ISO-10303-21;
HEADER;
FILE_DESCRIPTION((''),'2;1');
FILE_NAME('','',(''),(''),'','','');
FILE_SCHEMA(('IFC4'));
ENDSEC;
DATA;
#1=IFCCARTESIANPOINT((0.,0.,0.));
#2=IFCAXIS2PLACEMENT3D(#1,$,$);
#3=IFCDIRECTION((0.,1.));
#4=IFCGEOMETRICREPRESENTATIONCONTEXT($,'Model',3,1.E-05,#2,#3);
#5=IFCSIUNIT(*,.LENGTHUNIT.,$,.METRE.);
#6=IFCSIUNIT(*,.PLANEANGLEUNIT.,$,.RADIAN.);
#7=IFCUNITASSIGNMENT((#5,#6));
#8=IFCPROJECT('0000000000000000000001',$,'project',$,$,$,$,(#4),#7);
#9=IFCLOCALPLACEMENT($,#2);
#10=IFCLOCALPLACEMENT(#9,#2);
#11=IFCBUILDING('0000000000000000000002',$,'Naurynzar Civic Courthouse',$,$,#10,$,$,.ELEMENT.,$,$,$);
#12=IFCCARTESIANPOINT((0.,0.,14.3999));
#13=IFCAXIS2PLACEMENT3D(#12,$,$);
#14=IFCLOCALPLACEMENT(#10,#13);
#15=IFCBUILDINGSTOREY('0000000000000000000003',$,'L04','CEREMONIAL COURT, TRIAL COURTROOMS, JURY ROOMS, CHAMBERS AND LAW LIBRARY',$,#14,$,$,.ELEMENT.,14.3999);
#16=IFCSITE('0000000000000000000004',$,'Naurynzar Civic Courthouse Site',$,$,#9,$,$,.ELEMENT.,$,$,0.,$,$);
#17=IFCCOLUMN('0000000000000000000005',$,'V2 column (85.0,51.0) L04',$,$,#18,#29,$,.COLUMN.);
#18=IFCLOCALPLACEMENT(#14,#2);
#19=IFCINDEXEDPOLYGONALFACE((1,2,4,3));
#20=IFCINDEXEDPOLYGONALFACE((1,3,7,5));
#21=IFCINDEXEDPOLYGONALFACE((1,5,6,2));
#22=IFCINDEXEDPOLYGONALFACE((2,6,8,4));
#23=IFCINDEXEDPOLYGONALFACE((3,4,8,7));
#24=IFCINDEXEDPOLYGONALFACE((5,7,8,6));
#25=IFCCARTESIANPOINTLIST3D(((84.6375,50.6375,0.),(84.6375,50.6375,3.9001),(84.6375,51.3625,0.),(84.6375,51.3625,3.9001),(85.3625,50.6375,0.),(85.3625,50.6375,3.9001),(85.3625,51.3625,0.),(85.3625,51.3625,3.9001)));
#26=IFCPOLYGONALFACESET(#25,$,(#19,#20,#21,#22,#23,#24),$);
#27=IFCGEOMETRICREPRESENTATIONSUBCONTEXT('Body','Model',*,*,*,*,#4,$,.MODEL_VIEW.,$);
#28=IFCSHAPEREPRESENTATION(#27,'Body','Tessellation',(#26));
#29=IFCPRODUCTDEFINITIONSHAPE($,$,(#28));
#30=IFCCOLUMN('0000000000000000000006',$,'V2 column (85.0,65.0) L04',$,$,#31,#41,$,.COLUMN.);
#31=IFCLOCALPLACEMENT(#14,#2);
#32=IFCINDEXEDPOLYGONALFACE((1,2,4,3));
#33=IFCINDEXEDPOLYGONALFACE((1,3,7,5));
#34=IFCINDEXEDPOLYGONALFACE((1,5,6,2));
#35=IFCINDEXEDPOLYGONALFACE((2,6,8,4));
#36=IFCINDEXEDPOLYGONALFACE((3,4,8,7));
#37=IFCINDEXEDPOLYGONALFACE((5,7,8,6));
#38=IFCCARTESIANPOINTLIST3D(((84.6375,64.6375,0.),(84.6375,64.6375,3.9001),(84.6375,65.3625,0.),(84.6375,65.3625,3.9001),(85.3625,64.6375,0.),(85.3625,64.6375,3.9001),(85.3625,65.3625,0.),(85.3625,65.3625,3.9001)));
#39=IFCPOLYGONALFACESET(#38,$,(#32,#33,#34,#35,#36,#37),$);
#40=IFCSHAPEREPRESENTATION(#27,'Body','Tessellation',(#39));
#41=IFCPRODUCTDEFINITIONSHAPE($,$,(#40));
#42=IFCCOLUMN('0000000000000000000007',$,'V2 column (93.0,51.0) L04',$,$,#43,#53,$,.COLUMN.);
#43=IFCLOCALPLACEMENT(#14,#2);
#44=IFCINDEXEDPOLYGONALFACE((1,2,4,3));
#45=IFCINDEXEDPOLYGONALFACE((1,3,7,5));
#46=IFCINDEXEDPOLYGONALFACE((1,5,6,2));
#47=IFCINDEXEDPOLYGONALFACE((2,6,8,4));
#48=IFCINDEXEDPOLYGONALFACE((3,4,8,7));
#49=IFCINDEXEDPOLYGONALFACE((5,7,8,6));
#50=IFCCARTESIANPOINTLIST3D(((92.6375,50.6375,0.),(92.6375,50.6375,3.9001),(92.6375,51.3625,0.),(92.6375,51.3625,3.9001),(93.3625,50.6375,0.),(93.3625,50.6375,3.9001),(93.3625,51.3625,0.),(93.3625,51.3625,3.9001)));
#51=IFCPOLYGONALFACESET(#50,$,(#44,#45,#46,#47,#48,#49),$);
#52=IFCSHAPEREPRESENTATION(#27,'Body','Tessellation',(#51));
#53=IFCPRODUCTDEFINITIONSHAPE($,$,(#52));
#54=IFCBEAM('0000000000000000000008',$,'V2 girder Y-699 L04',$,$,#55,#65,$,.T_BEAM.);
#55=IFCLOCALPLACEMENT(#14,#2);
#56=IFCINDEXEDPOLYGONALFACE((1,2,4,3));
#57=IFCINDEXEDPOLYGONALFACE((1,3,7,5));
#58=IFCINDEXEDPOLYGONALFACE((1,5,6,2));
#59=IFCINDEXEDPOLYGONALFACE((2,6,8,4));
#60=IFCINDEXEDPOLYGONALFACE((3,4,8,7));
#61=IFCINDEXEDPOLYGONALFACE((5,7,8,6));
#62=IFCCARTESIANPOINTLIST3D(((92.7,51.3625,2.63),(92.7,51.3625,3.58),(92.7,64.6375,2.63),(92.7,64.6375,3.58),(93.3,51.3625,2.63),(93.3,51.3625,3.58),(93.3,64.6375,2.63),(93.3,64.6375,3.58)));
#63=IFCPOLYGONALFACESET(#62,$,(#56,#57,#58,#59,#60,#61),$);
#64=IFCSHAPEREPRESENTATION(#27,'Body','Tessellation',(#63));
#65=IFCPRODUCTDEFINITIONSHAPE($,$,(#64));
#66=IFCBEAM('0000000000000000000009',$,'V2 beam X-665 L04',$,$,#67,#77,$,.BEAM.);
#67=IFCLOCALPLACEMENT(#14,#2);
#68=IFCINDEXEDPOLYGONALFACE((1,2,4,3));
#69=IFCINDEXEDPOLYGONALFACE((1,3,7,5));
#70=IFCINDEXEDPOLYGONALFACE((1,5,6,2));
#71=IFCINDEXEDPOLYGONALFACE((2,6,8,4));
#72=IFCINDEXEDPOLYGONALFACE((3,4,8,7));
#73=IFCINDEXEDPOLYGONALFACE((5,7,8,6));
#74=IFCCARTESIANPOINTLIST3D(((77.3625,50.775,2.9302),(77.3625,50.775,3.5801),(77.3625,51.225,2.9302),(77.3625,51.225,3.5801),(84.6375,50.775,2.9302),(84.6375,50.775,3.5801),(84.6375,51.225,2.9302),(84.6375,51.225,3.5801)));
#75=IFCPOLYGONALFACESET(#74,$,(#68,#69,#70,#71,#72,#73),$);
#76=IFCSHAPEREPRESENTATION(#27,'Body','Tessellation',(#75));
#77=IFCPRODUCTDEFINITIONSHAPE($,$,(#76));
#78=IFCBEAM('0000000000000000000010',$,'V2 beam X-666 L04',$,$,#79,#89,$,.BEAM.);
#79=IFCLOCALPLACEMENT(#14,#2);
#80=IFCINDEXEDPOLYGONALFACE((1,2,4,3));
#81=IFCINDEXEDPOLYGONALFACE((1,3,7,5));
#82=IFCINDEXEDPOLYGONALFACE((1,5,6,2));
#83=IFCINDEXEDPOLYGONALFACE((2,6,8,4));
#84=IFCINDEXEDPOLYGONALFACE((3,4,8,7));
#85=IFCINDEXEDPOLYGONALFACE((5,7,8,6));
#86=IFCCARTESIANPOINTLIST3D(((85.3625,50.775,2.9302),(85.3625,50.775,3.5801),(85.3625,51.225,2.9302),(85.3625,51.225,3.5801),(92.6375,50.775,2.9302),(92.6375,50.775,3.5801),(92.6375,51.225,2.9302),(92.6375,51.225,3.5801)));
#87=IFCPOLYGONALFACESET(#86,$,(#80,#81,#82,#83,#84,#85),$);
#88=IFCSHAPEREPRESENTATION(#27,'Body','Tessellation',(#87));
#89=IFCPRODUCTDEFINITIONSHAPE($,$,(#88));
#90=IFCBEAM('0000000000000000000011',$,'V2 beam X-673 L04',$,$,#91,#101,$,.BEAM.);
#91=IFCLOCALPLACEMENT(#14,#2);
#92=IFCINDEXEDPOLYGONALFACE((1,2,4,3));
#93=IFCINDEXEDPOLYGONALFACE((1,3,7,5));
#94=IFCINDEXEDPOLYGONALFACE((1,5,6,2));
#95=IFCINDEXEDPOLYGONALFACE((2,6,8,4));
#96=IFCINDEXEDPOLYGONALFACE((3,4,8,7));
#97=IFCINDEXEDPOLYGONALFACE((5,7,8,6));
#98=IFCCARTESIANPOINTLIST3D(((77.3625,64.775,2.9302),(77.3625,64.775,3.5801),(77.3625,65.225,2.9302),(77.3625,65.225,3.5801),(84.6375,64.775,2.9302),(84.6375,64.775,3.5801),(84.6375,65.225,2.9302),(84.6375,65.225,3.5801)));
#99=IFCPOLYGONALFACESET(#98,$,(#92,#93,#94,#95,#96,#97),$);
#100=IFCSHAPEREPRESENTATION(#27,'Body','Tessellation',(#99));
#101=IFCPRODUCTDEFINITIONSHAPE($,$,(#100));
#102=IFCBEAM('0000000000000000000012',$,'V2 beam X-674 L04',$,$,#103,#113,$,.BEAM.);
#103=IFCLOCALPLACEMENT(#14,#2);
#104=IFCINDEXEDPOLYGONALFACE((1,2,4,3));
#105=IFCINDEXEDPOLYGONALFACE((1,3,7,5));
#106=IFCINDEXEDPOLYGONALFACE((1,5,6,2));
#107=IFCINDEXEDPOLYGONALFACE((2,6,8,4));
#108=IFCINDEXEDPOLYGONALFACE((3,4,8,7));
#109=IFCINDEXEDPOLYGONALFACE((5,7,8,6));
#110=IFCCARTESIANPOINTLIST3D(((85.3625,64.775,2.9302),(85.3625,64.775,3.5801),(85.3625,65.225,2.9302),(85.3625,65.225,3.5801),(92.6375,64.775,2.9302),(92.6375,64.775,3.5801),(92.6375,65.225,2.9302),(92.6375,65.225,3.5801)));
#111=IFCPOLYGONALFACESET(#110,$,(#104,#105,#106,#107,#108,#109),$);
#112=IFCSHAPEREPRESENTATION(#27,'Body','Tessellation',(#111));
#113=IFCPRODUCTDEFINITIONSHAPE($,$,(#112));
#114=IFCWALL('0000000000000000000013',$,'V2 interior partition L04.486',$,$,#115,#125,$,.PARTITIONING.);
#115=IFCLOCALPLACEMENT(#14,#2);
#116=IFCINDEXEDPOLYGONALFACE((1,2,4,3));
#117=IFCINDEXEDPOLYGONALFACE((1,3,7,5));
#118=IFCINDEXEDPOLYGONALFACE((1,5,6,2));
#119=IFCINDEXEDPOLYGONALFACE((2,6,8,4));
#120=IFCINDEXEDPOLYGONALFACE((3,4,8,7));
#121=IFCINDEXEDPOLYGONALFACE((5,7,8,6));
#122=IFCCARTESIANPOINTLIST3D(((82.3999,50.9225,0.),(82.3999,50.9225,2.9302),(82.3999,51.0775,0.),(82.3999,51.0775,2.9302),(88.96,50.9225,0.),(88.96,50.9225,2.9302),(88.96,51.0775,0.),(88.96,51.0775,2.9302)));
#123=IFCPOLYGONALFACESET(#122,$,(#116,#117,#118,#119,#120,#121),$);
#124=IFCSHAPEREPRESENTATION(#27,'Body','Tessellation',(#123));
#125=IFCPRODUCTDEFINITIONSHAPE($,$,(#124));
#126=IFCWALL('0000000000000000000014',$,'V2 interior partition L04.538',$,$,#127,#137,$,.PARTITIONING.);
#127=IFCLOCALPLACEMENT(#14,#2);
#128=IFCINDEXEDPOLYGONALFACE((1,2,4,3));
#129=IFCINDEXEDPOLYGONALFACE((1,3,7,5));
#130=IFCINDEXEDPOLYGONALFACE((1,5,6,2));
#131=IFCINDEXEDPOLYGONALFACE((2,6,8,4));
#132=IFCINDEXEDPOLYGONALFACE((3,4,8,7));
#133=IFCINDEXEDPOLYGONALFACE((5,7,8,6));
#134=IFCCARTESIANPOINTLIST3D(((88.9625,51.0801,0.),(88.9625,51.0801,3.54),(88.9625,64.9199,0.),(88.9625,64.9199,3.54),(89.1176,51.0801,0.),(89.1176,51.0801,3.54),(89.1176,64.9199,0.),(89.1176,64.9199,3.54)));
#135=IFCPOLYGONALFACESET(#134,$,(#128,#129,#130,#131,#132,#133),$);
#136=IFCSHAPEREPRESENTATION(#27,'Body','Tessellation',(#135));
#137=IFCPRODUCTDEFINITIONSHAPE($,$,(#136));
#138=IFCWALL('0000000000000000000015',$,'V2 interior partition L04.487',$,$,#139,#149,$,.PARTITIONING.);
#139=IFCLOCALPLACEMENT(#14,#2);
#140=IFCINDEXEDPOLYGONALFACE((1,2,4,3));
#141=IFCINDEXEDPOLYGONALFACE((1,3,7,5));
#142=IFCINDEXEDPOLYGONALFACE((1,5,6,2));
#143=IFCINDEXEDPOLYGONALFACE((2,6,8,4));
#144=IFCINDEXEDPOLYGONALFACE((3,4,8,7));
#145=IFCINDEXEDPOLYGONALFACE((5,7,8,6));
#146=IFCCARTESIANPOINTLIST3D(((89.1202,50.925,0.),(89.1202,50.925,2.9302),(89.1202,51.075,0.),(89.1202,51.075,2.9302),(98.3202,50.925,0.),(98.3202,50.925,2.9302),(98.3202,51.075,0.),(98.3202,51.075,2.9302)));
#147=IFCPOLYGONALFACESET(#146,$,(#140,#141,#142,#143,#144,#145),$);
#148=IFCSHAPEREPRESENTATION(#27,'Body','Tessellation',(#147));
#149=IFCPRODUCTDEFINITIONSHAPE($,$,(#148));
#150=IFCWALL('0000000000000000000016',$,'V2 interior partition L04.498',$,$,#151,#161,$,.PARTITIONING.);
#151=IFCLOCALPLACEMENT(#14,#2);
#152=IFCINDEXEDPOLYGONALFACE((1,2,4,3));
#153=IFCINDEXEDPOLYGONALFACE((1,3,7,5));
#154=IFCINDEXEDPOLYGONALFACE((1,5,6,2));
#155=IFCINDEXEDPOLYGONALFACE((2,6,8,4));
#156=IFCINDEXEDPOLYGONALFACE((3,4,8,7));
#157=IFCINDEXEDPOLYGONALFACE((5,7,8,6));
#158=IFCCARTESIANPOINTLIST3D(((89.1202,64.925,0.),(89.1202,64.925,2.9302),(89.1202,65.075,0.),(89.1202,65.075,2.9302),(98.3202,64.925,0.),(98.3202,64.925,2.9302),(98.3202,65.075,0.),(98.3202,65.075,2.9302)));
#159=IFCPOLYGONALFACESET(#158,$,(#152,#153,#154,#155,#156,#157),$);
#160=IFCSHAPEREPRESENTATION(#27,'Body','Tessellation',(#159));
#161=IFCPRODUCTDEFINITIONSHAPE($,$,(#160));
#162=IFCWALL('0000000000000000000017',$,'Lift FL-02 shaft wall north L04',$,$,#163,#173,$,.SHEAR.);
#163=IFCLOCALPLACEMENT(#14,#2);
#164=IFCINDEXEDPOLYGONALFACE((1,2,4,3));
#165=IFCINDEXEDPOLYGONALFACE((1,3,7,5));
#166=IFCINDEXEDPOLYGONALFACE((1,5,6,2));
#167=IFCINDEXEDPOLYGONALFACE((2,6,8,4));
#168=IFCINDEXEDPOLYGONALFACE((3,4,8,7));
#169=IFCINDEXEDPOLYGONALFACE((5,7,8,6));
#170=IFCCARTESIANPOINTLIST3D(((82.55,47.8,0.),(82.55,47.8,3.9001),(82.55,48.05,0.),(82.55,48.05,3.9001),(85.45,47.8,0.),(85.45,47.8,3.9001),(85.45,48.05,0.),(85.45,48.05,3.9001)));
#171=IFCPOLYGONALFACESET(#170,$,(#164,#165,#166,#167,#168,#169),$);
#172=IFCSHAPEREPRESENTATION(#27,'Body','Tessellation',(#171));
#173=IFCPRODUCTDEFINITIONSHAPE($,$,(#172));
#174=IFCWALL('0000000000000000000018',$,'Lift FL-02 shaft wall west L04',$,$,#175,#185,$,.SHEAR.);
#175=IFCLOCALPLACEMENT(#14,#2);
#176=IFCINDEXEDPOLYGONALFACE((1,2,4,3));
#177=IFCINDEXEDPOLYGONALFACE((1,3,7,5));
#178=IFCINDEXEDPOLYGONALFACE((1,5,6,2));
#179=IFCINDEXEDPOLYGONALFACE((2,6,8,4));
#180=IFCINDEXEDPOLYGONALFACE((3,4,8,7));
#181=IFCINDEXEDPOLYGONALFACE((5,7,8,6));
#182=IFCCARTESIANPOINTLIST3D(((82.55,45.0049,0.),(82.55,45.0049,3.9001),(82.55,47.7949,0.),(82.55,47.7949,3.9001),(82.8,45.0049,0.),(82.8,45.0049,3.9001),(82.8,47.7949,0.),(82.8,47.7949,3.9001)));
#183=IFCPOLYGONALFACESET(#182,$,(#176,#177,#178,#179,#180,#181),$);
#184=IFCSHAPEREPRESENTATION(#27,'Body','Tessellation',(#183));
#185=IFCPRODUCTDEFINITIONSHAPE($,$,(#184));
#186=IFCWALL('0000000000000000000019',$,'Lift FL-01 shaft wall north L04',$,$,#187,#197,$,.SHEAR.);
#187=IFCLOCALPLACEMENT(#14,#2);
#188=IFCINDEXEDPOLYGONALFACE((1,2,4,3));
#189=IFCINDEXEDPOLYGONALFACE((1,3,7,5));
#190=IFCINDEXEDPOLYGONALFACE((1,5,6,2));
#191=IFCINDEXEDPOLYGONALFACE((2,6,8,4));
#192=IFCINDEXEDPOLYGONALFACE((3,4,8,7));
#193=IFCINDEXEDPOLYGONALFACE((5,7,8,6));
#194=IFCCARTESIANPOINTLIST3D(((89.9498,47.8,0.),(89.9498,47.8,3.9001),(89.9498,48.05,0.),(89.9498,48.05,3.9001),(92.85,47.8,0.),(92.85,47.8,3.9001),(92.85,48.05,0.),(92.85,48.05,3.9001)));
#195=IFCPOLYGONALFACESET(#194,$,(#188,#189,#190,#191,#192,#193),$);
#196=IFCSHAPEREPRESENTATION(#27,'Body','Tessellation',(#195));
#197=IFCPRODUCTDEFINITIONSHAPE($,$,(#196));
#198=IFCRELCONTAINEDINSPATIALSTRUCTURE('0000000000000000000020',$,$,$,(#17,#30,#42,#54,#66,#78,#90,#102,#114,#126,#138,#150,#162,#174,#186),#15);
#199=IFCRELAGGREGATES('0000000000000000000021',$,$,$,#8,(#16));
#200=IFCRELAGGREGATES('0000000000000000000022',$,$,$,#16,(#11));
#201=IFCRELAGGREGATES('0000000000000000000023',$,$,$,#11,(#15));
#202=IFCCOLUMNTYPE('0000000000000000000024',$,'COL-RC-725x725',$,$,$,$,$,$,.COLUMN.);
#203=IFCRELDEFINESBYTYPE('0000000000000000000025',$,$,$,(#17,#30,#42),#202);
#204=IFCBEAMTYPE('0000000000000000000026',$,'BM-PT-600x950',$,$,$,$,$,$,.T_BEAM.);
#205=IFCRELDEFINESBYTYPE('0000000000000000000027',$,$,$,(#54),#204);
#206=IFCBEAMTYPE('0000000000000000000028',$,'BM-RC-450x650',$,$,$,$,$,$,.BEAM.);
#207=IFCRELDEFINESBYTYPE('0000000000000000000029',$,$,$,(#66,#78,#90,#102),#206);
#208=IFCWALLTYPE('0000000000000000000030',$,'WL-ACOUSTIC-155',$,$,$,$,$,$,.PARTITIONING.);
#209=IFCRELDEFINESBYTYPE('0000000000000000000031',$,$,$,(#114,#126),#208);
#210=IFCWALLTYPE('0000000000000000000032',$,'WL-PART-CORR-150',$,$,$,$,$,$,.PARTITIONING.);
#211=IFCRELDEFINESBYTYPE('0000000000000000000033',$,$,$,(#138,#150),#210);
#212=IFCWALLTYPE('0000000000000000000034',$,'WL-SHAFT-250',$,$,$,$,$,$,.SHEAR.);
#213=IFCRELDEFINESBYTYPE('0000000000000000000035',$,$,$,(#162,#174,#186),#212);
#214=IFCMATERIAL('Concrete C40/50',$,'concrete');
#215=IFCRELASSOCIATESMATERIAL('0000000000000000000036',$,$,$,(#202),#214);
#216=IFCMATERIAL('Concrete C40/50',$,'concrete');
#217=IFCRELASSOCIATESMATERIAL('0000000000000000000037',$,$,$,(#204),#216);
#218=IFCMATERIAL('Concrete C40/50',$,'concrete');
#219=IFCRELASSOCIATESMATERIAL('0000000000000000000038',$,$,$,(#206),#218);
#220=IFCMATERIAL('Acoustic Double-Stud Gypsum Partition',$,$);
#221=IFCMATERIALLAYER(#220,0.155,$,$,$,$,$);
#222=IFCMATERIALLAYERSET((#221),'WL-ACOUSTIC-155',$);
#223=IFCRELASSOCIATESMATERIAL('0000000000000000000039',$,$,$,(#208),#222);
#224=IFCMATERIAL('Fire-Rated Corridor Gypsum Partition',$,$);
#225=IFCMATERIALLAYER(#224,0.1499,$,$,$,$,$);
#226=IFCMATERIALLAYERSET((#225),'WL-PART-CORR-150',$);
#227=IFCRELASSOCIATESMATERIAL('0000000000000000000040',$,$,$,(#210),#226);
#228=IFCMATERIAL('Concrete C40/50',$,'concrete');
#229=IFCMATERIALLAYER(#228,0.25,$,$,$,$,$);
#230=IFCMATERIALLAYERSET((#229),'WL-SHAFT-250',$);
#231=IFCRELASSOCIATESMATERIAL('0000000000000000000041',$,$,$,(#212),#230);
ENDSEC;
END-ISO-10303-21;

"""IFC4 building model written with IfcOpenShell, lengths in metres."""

from ifc_helpers import new_model, si_unit, direction, frame, frame_2d, origin, origin_2d, place, context, subcontext, project, spatial, rectangle, extrude, material, layer, layer_set, material_profile, profile_set, type_object, element, save


model = new_model("IFC4")

# Units and contexts
model_context = context("Model", 3, precision=1e-05, world=origin(), true_north=direction((0.0, 1.0)))
body_context = subcontext(model_context, "Body", "Model", "MODEL_VIEW")
ifc_project = project(units=[si_unit("LENGTHUNIT", "METRE"), si_unit("PLANEANGLEUNIT", "RADIAN")], contexts=[model_context])

# Site, building, storey
site_placement = place(None, origin())
site = spatial("IfcSite", under=ifc_project, at=site_placement, Name="Naurynzar Civic Courthouse Site", CompositionType="ELEMENT", RefElevation=0.0)
building_placement = place(site_placement, origin())
building = spatial("IfcBuilding", under=site, at=building_placement, Name="Naurynzar Civic Courthouse", CompositionType="ELEMENT")
storey_placement = place(building_placement, frame((0.0, 0.0, 14.3999)))
storey = spatial("IfcBuildingStorey", under=building, at=storey_placement, Name="L04", Description="CEREMONIAL COURT, TRIAL COURTROOMS, JURY ROOMS, CHAMBERS AND LAW LIBRARY", CompositionType="ELEMENT", Elevation=14.3999)

# Columns
ifc_material_1 = material(Name="Concrete C40/50", Category="concrete")
ifc_material_profile_1 = material_profile(ifc_material_1, rectangle(XDim=0.7251, YDim=0.7251, at=origin_2d()), Name="RC 725x725")
ifc_profile_set_1 = profile_set([ifc_material_profile_1], Name="Concrete C40/50")
column_type = type_object("IfcColumnType", Name="COL-RC-725x725", PredefinedType="COLUMN", material=ifc_profile_set_1)
for number, where, z_axis, x_axis, name in (
    (1, (85.0, 51.0, 0.0), (0.0, 0.0, 1.0), (1.0, 0.0, 0.0), "V2 column (85.0,51.0) L04"),
    (2, (85.0, 65.0, 0.0), (0.0, 0.0, 1.0), (1.0, 0.0, 0.0), "V2 column (85.0,65.0) L04"),
    (3, (93.0, 51.0, 0.0), (0.0, 0.0, 1.0), (1.0, 0.0, 0.0), "V2 column (93.0,51.0) L04"),
):
    element("IfcColumn", number, at=place(storey_placement, frame(where, z_axis=z_axis, x_axis=x_axis)), inside=storey, type_object=column_type, Name=name, PredefinedType="COLUMN", context=body_context, shape_type="SweptSolid", body=[
        extrude(rectangle(XDim=0.7251, YDim=0.7251, at=origin_2d()), origin(), (0.0, 0.0, 1.0), 3.9001),
    ])

# Beams
ifc_material_2 = material(Name="Concrete C40/50", Category="concrete")
ifc_material_profile_2 = material_profile(ifc_material_2, rectangle(XDim=0.6001, YDim=0.95, at=origin_2d()), Name="PTB 600x950")
ifc_profile_set_2 = profile_set([ifc_material_profile_2], Name="Concrete C40/50")
beam_type_1 = type_object("IfcBeamType", Name="BM-PT-600x950", PredefinedType="T_BEAM", material=ifc_profile_set_2)
beam_placement = place(storey_placement, frame((93.0, 51.3625, 3.105), z_axis=(0.0, 1.0, 0.0), x_axis=(-1.0, 0.0, 0.0)))
element("IfcBeam", 4, at=beam_placement, inside=storey, type_object=beam_type_1, Name="V2 girder Y-699 L04", PredefinedType="T_BEAM", context=body_context, shape_type="SweptSolid", body=[
    extrude(rectangle(XDim=0.6001, YDim=0.95, at=origin_2d()), origin(), (0.0, 0.0, 1.0), 13.2749),
])
ifc_material_3 = material(Name="Concrete C40/50", Category="concrete")
ifc_material_profile_3 = material_profile(ifc_material_3, rectangle(XDim=0.45, YDim=0.6499, at=origin_2d()), Name="RCB 450x650")
ifc_profile_set_3 = profile_set([ifc_material_profile_3], Name="Concrete C40/50")
beam_type_2 = type_object("IfcBeamType", Name="BM-RC-450x650", PredefinedType="BEAM", material=ifc_profile_set_3)
for number, where, z_axis, x_axis, name in (
    (5, (77.3625, 51.0, 3.2551), (1.0, 0.0, 0.0), (0.0, 1.0, 0.0), "V2 beam X-665 L04"),
    (6, (85.3625, 51.0, 3.2551), (1.0, 0.0, 0.0), (0.0, 1.0, 0.0), "V2 beam X-666 L04"),
    (7, (77.3625, 65.0, 3.2551), (1.0, 0.0, 0.0), (0.0, 1.0, 0.0), "V2 beam X-673 L04"),
    (8, (85.3625, 65.0, 3.2551), (1.0, 0.0, 0.0), (0.0, 1.0, 0.0), "V2 beam X-674 L04"),
):
    element("IfcBeam", number, at=place(storey_placement, frame(where, z_axis=z_axis, x_axis=x_axis)), inside=storey, type_object=beam_type_2, Name=name, PredefinedType="BEAM", context=body_context, shape_type="SweptSolid", body=[
        extrude(rectangle(XDim=0.45, YDim=0.6499, at=origin_2d()), origin(), (0.0, 0.0, 1.0), 7.2749),
    ])

# Walls
ifc_material_4 = material(Name="Acoustic Double-Stud Gypsum Partition")
ifc_layer_1 = layer(ifc_material_4, 0.155)
ifc_layer_set_1 = layer_set([ifc_layer_1], Name="WL-ACOUSTIC-155")
wall_type_1 = type_object("IfcWallType", Name="WL-ACOUSTIC-155", PredefinedType="PARTITIONING", material=ifc_layer_set_1)
wall_1_placement = place(storey_placement, frame((82.3999, 51.0, 0.0), z_axis=(0.0, 0.0, 1.0), x_axis=(1.0, 0.0, 0.0)))
element("IfcWall", 9, at=wall_1_placement, inside=storey, type_object=wall_type_1, Name="V2 interior partition L04.486", PredefinedType="PARTITIONING", context=body_context, shape_type="SweptSolid", body=[
    extrude(rectangle(XDim=6.5601, YDim=0.155, at=frame_2d((3.28, 0.0))), origin(), (0.0, 0.0, 1.0), 2.9302),
])
wall_2_placement = place(storey_placement, frame((89.04, 51.0801, 0.0), z_axis=(0.0, 0.0, 1.0), x_axis=(0.0, 1.0, 0.0)))
element("IfcWall", 10, at=wall_2_placement, inside=storey, type_object=wall_type_1, Name="V2 interior partition L04.538", PredefinedType="PARTITIONING", context=body_context, shape_type="SweptSolid", body=[
    extrude(rectangle(XDim=13.8398, YDim=0.155, at=frame_2d((6.9199, 0.0))), origin(), (0.0, 0.0, 1.0), 3.54),
])

# Walls
ifc_material_5 = material(Name="Fire-Rated Corridor Gypsum Partition")
ifc_layer_2 = layer(ifc_material_5, 0.1499)
ifc_layer_set_2 = layer_set([ifc_layer_2], Name="WL-PART-CORR-150")
wall_type_2 = type_object("IfcWallType", Name="WL-PART-CORR-150", PredefinedType="PARTITIONING", material=ifc_layer_set_2)
for number, where, z_axis, x_axis, name in (
    (11, (89.1201, 51.0, 0.0), (0.0, 0.0, 1.0), (1.0, 0.0, 0.0), "V2 interior partition L04.487"),
    (12, (89.1201, 65.0, 0.0), (0.0, 0.0, 1.0), (1.0, 0.0, 0.0), "V2 interior partition L04.498"),
):
    element("IfcWall", number, at=place(storey_placement, frame(where, z_axis=z_axis, x_axis=x_axis)), inside=storey, type_object=wall_type_2, Name=name, PredefinedType="PARTITIONING", context=body_context, shape_type="SweptSolid", body=[
        extrude(rectangle(XDim=9.2, YDim=0.1499, at=frame_2d((4.6001, 0.0))), origin(), (0.0, 0.0, 1.0), 2.9302),
    ])
ifc_material_6 = material(Name="Concrete C40/50", Category="concrete")
ifc_layer_3 = layer(ifc_material_6, 0.25)
ifc_layer_set_3 = layer_set([ifc_layer_3], Name="WL-SHAFT-250")
wall_type_3 = type_object("IfcWallType", Name="WL-SHAFT-250", PredefinedType="SHEAR", material=ifc_layer_set_3)
wall_3_placement = place(storey_placement, frame((85.45, 47.925, 0.0), z_axis=(0.0, 0.0, 1.0), x_axis=(-1.0, 0.0, 0.0)))
element("IfcWall", 13, at=wall_3_placement, inside=storey, type_object=wall_type_3, Name="Lift FL-02 shaft wall north L04", PredefinedType="SHEAR", context=body_context, shape_type="SweptSolid", body=[
    extrude(rectangle(XDim=2.8999, YDim=0.25, at=frame_2d((1.45, 0.0))), origin(), (0.0, 0.0, 1.0), 3.9001),
])
wall_4_placement = place(storey_placement, frame((82.675, 47.7949, 0.0), z_axis=(0.0, 0.0, 1.0), x_axis=(0.0, -1.0, 0.0)))
element("IfcWall", 14, at=wall_4_placement, inside=storey, type_object=wall_type_3, Name="Lift FL-02 shaft wall west L04", PredefinedType="SHEAR", context=body_context, shape_type="SweptSolid", body=[
    extrude(rectangle(XDim=2.79, YDim=0.25, at=frame_2d((1.395, 0.0))), origin(), (0.0, 0.0, 1.0), 3.9001),
])
wall_5_placement = place(storey_placement, frame((92.8501, 47.925, 0.0), z_axis=(0.0, 0.0, 1.0), x_axis=(-1.0, 0.0, 0.0)))
element("IfcWall", 15, at=wall_5_placement, inside=storey, type_object=wall_type_3, Name="Lift FL-01 shaft wall north L04", PredefinedType="SHEAR", context=body_context, shape_type="SweptSolid", body=[
    extrude(rectangle(XDim=2.9001, YDim=0.25, at=frame_2d((1.4502, 0.0))), origin(), (0.0, 0.0, 1.0), 3.9001),
])

save(model, "model.ifc")
